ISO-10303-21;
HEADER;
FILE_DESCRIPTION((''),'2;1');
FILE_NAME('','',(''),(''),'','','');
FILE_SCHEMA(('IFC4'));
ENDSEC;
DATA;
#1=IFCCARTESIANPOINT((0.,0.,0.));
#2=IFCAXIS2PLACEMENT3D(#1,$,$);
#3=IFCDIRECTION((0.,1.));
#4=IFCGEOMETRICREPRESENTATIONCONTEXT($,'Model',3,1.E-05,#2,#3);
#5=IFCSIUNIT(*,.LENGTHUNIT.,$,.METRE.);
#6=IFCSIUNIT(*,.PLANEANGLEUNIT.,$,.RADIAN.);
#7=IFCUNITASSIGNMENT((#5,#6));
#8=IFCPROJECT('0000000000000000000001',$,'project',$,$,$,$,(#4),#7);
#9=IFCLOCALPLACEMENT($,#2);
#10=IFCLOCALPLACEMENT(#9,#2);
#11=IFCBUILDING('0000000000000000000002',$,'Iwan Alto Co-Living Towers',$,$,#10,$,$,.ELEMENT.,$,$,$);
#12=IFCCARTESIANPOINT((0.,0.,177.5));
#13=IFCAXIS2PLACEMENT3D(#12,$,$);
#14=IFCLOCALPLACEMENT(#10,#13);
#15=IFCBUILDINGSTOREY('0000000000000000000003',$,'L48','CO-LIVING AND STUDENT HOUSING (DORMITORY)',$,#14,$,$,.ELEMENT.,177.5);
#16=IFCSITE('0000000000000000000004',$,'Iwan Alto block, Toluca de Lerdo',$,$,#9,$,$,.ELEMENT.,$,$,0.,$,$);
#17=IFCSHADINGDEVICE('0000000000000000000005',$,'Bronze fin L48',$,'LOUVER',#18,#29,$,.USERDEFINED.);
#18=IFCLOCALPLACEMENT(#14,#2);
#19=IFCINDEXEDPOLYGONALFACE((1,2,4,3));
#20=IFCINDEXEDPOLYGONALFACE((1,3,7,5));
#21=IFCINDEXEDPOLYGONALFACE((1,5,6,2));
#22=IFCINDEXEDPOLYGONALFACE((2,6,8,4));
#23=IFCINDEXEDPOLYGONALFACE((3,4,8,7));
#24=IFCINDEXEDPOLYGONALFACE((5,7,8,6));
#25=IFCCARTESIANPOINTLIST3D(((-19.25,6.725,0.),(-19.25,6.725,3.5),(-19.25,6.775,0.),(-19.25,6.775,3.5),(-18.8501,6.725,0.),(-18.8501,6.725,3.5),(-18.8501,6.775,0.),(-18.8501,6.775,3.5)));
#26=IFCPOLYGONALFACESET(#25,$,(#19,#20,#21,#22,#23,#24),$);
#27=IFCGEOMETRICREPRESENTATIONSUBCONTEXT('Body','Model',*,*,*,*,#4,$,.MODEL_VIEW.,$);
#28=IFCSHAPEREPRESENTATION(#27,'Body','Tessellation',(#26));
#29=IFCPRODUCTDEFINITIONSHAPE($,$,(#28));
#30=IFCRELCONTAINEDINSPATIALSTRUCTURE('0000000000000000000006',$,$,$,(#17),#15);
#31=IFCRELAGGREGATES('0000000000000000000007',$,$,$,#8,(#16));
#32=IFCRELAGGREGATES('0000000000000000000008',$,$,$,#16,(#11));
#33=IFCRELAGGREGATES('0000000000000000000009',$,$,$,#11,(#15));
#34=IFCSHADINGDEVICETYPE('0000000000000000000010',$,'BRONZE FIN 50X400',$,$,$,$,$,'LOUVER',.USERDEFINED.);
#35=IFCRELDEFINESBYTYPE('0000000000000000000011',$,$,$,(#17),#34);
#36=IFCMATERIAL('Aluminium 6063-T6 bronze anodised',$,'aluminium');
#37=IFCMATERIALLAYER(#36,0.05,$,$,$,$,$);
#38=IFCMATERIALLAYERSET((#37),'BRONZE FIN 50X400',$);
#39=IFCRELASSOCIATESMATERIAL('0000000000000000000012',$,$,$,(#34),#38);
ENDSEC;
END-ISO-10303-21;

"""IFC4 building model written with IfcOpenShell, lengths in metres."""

from ifc_helpers import new_model, si_unit, direction, frame, origin, origin_2d, place, context, subcontext, project, spatial, rectangle, extrude, material, layer, layer_set, type_object, element, save


model = new_model("IFC4")

# Units and contexts
model_context = context("Model", 3, precision=1e-05, world=origin(), true_north=direction((0.0, 1.0)))
body_context = subcontext(model_context, "Body", "Model", "MODEL_VIEW")
ifc_project = project(units=[si_unit("LENGTHUNIT", "METRE"), si_unit("PLANEANGLEUNIT", "RADIAN")], contexts=[model_context])

# Site, building, storey
site_placement = place(None, origin())
site = spatial("IfcSite", under=ifc_project, at=site_placement, Name="Iwan Alto block, Toluca de Lerdo", CompositionType="ELEMENT", RefElevation=0.0)
building_placement = place(site_placement, origin())
building = spatial("IfcBuilding", under=site, at=building_placement, Name="Iwan Alto Co-Living Towers", CompositionType="ELEMENT")
storey_placement = place(building_placement, frame((0.0, 0.0, 177.5)))
storey = spatial("IfcBuildingStorey", under=building, at=storey_placement, Name="L48", Description="CO-LIVING AND STUDENT HOUSING (DORMITORY)", CompositionType="ELEMENT", Elevation=177.5)

# Shading device
ifc_material_1 = material(Name="Aluminium 6063-T6 bronze anodised", Category="aluminium")
ifc_layer_1 = layer(ifc_material_1, 0.05)
ifc_layer_set_1 = layer_set([ifc_layer_1], Name="BRONZE FIN 50X400")
shading_device_type = type_object("IfcShadingDeviceType", Name="BRONZE FIN 50X400", ElementType="LOUVER", PredefinedType="USERDEFINED", material=ifc_layer_set_1)
shading_device_placement = place(storey_placement, frame((-19.05, 6.75, 0.0), z_axis=(0.0, 0.0, 1.0), x_axis=(0.0, -1.0, 0.0)))
element("IfcShadingDevice", 1, at=shading_device_placement, inside=storey, type_object=shading_device_type, Name="Bronze fin L48", ObjectType="LOUVER", PredefinedType="USERDEFINED", context=body_context, shape_type="SweptSolid", body=[
    extrude(rectangle(XDim=0.05, YDim=0.3999, at=origin_2d()), origin(), (0.0, 0.0, 1.0), 3.5),
])

save(model, "model.ifc")
